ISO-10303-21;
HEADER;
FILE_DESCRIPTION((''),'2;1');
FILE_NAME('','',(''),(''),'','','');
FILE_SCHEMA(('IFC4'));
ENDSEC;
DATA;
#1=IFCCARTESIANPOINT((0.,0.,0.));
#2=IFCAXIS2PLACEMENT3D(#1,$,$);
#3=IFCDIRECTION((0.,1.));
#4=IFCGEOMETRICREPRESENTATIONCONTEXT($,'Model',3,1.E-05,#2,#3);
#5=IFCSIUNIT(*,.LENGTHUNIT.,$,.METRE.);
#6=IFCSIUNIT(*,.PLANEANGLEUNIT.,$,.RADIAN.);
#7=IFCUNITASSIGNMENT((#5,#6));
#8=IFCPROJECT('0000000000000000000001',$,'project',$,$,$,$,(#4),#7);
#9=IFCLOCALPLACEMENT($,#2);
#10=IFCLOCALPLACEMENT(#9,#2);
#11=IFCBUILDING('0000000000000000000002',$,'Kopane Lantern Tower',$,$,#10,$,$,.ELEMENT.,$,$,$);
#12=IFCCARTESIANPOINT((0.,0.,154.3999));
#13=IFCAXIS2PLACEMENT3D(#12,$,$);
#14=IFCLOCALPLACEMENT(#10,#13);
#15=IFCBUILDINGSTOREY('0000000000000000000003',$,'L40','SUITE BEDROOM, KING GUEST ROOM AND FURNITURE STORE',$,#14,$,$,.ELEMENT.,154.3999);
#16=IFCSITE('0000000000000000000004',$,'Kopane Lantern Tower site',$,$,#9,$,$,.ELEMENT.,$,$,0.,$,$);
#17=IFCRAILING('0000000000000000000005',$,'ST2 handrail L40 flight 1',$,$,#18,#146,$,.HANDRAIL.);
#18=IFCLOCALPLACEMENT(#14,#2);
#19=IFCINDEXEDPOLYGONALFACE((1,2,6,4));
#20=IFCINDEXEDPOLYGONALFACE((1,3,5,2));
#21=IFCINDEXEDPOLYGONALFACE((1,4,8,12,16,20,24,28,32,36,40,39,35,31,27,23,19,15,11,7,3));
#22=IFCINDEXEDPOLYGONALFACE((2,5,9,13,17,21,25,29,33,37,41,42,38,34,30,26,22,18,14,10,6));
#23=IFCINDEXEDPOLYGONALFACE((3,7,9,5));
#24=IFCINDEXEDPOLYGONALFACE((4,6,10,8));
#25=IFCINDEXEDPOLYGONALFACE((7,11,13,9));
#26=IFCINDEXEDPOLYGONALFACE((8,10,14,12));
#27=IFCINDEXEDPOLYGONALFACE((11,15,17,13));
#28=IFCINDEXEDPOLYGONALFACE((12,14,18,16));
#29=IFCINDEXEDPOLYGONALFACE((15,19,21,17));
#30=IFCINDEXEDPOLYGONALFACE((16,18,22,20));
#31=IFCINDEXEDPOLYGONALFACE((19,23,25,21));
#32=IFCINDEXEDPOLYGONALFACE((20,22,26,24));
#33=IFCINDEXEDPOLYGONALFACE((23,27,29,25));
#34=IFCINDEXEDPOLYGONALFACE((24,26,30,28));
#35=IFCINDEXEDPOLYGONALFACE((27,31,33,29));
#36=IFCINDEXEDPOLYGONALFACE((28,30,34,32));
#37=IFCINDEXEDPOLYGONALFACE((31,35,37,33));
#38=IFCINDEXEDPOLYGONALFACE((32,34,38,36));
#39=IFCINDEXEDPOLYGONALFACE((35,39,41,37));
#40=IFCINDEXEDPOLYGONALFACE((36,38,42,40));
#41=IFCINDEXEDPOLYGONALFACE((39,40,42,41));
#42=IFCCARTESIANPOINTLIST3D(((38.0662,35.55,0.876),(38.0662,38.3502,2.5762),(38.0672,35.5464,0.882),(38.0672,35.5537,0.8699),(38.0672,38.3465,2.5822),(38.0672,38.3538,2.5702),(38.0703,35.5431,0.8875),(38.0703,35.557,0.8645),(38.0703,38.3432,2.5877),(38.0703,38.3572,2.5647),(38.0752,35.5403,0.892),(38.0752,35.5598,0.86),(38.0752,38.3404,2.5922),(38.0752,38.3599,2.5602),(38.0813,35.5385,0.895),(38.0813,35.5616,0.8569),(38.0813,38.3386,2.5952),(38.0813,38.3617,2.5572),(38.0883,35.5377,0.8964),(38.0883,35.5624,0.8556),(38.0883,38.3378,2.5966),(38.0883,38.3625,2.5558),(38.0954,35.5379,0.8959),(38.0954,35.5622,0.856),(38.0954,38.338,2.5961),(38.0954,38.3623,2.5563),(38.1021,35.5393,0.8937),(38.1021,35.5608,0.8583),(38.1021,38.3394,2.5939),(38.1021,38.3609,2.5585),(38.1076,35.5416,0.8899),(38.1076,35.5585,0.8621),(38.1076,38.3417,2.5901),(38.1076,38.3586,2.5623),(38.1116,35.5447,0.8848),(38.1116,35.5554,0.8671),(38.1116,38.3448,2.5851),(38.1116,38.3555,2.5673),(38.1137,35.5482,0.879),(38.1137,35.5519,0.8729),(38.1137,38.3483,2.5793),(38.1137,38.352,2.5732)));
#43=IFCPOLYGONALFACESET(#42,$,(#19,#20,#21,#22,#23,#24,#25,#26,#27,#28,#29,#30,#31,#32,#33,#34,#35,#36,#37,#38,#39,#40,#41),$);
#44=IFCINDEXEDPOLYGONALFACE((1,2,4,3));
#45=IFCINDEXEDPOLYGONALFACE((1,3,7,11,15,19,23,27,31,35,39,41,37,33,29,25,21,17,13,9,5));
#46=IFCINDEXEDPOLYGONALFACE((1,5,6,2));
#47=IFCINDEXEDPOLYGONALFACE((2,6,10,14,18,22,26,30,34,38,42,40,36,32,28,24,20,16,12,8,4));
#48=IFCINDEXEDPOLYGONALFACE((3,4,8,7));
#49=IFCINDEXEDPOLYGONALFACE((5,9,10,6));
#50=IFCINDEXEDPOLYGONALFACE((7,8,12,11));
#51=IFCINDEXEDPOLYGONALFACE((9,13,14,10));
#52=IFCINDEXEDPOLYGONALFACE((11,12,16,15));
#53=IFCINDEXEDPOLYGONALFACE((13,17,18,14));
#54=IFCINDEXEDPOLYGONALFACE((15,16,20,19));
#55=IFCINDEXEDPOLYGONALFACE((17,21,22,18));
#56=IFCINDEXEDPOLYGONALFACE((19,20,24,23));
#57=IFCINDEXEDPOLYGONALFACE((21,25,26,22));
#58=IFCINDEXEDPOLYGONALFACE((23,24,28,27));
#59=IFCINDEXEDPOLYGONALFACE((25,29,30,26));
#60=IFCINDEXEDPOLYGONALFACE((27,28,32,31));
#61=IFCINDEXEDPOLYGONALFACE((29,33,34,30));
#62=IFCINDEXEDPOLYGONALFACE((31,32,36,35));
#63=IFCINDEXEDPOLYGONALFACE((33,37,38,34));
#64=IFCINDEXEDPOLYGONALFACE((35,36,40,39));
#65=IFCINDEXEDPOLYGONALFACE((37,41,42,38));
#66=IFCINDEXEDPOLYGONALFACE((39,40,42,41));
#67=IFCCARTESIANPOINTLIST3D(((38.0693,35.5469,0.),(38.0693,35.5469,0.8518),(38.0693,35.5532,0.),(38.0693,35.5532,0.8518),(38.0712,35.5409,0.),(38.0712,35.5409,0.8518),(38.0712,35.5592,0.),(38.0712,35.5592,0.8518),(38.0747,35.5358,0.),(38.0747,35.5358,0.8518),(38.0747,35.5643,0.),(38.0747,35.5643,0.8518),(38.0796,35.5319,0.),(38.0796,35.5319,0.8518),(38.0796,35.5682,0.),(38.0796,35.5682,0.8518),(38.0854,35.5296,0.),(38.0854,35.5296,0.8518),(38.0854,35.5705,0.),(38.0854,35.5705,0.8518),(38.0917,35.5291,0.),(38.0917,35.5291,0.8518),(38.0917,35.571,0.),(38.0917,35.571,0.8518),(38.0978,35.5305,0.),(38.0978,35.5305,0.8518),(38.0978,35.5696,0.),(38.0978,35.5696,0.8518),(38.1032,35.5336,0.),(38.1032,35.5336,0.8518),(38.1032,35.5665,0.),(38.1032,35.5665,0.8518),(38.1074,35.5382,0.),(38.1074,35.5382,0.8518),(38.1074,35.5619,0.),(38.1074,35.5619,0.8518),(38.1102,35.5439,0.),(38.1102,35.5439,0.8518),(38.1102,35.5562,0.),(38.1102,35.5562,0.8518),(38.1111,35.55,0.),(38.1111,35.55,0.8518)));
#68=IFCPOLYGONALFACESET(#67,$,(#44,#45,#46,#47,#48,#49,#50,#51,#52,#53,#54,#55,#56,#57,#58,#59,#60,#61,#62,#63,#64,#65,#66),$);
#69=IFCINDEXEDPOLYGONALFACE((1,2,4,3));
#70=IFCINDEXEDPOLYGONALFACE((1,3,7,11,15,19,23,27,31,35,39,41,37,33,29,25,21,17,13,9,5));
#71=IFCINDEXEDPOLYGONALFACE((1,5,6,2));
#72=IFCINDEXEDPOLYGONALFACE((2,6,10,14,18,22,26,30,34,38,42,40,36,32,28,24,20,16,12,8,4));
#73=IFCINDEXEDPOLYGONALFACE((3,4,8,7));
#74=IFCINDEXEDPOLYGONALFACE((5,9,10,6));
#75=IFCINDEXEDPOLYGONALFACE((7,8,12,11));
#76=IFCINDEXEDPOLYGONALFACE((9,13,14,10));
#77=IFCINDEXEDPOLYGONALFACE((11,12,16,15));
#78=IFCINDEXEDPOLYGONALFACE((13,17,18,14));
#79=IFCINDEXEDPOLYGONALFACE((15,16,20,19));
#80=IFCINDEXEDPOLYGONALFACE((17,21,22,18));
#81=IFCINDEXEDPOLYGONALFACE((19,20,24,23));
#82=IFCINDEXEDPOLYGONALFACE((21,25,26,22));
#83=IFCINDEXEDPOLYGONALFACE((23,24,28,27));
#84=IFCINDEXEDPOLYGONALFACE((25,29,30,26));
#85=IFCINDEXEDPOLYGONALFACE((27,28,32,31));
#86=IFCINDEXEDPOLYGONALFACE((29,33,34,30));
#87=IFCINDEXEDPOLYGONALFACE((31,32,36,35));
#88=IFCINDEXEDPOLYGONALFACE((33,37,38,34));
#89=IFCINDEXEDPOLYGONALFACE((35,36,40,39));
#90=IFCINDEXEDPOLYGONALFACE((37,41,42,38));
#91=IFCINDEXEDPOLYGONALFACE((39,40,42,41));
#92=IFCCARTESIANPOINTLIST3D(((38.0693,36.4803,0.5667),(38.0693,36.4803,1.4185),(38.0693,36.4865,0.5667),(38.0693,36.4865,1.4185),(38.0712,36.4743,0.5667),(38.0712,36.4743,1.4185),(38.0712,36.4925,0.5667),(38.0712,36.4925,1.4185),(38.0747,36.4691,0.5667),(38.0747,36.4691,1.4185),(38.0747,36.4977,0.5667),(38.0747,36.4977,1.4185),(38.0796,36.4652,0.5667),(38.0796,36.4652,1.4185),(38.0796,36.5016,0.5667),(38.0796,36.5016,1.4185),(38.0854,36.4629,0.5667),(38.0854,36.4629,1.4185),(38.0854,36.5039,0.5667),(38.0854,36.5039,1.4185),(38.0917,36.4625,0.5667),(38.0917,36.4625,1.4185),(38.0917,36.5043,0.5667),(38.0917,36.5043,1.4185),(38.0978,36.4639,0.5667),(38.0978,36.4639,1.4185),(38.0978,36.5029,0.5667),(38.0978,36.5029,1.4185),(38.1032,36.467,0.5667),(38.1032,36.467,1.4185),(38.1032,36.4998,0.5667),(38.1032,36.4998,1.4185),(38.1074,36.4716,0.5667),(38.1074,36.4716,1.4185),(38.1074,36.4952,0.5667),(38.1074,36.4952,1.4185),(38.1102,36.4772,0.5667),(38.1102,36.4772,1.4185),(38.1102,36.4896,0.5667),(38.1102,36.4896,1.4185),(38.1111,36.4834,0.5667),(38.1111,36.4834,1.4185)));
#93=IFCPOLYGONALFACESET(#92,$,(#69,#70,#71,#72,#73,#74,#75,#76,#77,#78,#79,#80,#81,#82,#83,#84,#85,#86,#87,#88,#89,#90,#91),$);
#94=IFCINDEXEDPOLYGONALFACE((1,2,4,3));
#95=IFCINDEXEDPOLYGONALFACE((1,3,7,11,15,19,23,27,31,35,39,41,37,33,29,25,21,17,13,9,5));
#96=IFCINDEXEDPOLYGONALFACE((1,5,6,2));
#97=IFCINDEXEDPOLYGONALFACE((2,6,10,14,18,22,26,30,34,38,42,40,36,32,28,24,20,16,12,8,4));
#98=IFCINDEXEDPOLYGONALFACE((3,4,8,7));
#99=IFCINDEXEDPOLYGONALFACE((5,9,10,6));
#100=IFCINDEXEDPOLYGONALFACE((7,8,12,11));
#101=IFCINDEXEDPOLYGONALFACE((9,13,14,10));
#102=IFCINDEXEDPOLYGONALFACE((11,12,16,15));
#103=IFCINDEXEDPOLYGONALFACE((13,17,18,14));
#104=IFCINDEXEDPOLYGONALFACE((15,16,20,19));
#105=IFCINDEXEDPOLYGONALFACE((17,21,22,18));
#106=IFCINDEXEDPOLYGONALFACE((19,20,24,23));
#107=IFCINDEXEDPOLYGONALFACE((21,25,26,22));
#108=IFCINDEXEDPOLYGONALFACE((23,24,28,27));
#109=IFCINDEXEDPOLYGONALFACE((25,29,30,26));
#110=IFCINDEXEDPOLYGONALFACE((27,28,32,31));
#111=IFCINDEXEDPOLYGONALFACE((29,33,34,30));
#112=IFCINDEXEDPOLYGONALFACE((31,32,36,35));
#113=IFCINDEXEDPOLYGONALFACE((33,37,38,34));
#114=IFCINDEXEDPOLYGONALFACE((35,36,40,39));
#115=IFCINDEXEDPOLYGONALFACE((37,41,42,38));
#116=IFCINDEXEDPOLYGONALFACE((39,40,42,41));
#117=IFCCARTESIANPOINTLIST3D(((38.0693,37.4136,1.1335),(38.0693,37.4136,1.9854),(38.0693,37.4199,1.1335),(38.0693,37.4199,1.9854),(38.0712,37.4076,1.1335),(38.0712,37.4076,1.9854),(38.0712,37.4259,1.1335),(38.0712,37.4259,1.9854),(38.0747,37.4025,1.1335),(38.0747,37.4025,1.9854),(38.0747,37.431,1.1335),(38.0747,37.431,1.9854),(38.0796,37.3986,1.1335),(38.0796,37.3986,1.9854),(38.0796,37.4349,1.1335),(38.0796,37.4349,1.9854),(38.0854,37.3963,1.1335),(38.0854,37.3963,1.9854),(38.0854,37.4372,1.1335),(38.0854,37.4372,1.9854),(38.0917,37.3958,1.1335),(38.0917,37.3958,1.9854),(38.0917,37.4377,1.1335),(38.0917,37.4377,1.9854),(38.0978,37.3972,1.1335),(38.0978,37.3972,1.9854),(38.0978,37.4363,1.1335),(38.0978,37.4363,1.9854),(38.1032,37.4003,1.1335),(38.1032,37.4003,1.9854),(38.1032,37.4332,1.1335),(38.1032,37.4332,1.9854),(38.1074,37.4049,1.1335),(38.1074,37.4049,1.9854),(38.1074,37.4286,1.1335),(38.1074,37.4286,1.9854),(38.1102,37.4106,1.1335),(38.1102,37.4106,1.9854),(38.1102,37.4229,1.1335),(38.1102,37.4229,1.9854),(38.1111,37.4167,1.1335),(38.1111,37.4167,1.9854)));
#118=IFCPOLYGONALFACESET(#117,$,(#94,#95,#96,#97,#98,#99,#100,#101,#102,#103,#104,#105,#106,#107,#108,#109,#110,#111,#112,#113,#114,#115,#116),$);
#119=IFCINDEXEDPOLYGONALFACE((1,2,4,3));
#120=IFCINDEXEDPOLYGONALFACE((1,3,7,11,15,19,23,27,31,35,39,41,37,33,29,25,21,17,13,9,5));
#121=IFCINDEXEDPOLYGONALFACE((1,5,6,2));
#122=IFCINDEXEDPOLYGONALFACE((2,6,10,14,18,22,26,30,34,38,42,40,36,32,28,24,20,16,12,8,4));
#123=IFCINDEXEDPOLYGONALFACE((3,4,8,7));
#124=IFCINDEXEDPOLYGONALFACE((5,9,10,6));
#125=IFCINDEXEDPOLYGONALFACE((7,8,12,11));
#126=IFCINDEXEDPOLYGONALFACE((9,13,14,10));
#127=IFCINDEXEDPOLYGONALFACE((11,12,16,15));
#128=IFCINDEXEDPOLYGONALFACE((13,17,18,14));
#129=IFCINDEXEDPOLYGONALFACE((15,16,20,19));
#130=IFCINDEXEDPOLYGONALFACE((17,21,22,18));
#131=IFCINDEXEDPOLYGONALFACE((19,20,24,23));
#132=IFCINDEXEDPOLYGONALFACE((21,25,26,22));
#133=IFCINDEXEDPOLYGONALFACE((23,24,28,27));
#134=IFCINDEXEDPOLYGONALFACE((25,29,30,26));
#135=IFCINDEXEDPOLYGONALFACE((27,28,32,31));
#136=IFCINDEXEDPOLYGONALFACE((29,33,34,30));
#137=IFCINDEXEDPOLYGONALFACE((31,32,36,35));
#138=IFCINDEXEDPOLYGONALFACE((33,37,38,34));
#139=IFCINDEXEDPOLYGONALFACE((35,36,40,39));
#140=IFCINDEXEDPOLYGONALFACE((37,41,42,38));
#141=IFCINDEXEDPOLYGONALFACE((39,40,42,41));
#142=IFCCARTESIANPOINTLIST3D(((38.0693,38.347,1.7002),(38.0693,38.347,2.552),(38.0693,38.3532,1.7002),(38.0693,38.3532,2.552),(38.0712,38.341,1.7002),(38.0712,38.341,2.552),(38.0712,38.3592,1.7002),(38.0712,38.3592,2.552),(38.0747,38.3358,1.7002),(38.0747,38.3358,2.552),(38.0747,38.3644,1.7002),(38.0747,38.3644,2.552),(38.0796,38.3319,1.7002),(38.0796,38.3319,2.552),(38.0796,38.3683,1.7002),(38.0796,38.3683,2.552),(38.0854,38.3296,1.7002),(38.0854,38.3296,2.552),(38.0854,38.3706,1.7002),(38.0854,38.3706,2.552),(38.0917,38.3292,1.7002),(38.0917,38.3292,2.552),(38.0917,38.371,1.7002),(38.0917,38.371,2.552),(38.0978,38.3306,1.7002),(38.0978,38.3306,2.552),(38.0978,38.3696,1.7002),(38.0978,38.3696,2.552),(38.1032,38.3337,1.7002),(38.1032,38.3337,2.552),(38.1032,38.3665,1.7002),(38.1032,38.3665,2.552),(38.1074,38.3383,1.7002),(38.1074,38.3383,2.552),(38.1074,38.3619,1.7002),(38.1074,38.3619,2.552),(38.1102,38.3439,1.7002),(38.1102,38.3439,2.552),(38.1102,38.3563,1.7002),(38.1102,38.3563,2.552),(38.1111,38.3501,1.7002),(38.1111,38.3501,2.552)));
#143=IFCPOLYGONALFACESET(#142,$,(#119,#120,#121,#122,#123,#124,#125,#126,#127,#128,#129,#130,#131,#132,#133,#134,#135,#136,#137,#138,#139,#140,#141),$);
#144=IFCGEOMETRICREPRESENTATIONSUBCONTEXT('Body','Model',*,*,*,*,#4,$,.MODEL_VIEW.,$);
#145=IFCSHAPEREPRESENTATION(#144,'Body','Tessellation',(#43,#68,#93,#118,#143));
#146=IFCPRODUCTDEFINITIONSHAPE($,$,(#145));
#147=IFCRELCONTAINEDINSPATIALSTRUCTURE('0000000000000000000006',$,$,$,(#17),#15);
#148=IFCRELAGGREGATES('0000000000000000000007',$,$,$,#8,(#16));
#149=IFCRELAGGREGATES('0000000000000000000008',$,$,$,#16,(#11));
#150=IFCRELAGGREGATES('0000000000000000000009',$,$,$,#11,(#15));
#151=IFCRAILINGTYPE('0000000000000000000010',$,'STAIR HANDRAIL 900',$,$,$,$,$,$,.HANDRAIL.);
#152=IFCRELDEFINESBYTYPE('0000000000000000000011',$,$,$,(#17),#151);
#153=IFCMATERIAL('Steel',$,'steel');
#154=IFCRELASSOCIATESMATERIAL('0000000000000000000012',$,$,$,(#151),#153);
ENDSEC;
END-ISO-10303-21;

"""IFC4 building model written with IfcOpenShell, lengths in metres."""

from ifc_helpers import new_model, si_unit, direction, frame, origin, origin_2d, place, context, subcontext, project, spatial, circle, extrude, material, type_object, element, save


model = new_model("IFC4")

# Units and contexts
model_context = context("Model", 3, precision=1e-05, world=origin(), true_north=direction((0.0, 1.0)))
body_context = subcontext(model_context, "Body", "Model", "MODEL_VIEW")
ifc_project = project(units=[si_unit("LENGTHUNIT", "METRE"), si_unit("PLANEANGLEUNIT", "RADIAN")], contexts=[model_context])

# Site, building, storey
site_placement = place(None, origin())
site = spatial("IfcSite", under=ifc_project, at=site_placement, Name="Kopane Lantern Tower site", CompositionType="ELEMENT", RefElevation=0.0)
building_placement = place(site_placement, origin())
building = spatial("IfcBuilding", under=site, at=building_placement, Name="Kopane Lantern Tower", CompositionType="ELEMENT")
storey_placement = place(building_placement, frame((0.0, 0.0, 154.3999)))
storey = spatial("IfcBuildingStorey", under=building, at=storey_placement, Name="L40", Description="SUITE BEDROOM, KING GUEST ROOM AND FURNITURE STORE", CompositionType="ELEMENT", Elevation=154.3999)

# Railing
ifc_material_1 = material(Name="Steel", Category="steel")
railing_type_1 = type_object("IfcRailingType", Name="STAIR HANDRAIL 900", PredefinedType="HANDRAIL", material=ifc_material_1)
for number, where, name in (
    (1, (38.0901, 35.55, 0.0), "ST2 handrail L40 flight 1"),
):
    element("IfcRailing", number, at=place(storey_placement, frame(where)), inside=storey, type_object=railing_type_1, Name=name, PredefinedType="HANDRAIL", context=body_context, shape_type="SweptSolid", body=[
        extrude(circle(Radius=0.0239, at=origin_2d()), frame((0.0, 0.0, 0.876), z_axis=(0.0, 0.854765, 0.519015), x_axis=(-1.0, 0.0, 0.0)), (0.0, 0.0, 1.0), 3.2759),
        extrude(circle(Radius=0.021, at=origin_2d()), origin(), (0.0, 0.0, 1.0), 0.8518),
        extrude(circle(Radius=0.021, at=origin_2d()), frame((0.0, 0.9333, 0.5667)), (0.0, 0.0, 1.0), 0.8518),
        extrude(circle(Radius=0.021, at=origin_2d()), frame((0.0, 1.8667, 1.1335)), (0.0, 0.0, 1.0), 0.8518),
        extrude(circle(Radius=0.021, at=origin_2d()), frame((0.0, 2.8, 1.7002)), (0.0, 0.0, 1.0), 0.8518),
    ])

save(model, "model.ifc")
